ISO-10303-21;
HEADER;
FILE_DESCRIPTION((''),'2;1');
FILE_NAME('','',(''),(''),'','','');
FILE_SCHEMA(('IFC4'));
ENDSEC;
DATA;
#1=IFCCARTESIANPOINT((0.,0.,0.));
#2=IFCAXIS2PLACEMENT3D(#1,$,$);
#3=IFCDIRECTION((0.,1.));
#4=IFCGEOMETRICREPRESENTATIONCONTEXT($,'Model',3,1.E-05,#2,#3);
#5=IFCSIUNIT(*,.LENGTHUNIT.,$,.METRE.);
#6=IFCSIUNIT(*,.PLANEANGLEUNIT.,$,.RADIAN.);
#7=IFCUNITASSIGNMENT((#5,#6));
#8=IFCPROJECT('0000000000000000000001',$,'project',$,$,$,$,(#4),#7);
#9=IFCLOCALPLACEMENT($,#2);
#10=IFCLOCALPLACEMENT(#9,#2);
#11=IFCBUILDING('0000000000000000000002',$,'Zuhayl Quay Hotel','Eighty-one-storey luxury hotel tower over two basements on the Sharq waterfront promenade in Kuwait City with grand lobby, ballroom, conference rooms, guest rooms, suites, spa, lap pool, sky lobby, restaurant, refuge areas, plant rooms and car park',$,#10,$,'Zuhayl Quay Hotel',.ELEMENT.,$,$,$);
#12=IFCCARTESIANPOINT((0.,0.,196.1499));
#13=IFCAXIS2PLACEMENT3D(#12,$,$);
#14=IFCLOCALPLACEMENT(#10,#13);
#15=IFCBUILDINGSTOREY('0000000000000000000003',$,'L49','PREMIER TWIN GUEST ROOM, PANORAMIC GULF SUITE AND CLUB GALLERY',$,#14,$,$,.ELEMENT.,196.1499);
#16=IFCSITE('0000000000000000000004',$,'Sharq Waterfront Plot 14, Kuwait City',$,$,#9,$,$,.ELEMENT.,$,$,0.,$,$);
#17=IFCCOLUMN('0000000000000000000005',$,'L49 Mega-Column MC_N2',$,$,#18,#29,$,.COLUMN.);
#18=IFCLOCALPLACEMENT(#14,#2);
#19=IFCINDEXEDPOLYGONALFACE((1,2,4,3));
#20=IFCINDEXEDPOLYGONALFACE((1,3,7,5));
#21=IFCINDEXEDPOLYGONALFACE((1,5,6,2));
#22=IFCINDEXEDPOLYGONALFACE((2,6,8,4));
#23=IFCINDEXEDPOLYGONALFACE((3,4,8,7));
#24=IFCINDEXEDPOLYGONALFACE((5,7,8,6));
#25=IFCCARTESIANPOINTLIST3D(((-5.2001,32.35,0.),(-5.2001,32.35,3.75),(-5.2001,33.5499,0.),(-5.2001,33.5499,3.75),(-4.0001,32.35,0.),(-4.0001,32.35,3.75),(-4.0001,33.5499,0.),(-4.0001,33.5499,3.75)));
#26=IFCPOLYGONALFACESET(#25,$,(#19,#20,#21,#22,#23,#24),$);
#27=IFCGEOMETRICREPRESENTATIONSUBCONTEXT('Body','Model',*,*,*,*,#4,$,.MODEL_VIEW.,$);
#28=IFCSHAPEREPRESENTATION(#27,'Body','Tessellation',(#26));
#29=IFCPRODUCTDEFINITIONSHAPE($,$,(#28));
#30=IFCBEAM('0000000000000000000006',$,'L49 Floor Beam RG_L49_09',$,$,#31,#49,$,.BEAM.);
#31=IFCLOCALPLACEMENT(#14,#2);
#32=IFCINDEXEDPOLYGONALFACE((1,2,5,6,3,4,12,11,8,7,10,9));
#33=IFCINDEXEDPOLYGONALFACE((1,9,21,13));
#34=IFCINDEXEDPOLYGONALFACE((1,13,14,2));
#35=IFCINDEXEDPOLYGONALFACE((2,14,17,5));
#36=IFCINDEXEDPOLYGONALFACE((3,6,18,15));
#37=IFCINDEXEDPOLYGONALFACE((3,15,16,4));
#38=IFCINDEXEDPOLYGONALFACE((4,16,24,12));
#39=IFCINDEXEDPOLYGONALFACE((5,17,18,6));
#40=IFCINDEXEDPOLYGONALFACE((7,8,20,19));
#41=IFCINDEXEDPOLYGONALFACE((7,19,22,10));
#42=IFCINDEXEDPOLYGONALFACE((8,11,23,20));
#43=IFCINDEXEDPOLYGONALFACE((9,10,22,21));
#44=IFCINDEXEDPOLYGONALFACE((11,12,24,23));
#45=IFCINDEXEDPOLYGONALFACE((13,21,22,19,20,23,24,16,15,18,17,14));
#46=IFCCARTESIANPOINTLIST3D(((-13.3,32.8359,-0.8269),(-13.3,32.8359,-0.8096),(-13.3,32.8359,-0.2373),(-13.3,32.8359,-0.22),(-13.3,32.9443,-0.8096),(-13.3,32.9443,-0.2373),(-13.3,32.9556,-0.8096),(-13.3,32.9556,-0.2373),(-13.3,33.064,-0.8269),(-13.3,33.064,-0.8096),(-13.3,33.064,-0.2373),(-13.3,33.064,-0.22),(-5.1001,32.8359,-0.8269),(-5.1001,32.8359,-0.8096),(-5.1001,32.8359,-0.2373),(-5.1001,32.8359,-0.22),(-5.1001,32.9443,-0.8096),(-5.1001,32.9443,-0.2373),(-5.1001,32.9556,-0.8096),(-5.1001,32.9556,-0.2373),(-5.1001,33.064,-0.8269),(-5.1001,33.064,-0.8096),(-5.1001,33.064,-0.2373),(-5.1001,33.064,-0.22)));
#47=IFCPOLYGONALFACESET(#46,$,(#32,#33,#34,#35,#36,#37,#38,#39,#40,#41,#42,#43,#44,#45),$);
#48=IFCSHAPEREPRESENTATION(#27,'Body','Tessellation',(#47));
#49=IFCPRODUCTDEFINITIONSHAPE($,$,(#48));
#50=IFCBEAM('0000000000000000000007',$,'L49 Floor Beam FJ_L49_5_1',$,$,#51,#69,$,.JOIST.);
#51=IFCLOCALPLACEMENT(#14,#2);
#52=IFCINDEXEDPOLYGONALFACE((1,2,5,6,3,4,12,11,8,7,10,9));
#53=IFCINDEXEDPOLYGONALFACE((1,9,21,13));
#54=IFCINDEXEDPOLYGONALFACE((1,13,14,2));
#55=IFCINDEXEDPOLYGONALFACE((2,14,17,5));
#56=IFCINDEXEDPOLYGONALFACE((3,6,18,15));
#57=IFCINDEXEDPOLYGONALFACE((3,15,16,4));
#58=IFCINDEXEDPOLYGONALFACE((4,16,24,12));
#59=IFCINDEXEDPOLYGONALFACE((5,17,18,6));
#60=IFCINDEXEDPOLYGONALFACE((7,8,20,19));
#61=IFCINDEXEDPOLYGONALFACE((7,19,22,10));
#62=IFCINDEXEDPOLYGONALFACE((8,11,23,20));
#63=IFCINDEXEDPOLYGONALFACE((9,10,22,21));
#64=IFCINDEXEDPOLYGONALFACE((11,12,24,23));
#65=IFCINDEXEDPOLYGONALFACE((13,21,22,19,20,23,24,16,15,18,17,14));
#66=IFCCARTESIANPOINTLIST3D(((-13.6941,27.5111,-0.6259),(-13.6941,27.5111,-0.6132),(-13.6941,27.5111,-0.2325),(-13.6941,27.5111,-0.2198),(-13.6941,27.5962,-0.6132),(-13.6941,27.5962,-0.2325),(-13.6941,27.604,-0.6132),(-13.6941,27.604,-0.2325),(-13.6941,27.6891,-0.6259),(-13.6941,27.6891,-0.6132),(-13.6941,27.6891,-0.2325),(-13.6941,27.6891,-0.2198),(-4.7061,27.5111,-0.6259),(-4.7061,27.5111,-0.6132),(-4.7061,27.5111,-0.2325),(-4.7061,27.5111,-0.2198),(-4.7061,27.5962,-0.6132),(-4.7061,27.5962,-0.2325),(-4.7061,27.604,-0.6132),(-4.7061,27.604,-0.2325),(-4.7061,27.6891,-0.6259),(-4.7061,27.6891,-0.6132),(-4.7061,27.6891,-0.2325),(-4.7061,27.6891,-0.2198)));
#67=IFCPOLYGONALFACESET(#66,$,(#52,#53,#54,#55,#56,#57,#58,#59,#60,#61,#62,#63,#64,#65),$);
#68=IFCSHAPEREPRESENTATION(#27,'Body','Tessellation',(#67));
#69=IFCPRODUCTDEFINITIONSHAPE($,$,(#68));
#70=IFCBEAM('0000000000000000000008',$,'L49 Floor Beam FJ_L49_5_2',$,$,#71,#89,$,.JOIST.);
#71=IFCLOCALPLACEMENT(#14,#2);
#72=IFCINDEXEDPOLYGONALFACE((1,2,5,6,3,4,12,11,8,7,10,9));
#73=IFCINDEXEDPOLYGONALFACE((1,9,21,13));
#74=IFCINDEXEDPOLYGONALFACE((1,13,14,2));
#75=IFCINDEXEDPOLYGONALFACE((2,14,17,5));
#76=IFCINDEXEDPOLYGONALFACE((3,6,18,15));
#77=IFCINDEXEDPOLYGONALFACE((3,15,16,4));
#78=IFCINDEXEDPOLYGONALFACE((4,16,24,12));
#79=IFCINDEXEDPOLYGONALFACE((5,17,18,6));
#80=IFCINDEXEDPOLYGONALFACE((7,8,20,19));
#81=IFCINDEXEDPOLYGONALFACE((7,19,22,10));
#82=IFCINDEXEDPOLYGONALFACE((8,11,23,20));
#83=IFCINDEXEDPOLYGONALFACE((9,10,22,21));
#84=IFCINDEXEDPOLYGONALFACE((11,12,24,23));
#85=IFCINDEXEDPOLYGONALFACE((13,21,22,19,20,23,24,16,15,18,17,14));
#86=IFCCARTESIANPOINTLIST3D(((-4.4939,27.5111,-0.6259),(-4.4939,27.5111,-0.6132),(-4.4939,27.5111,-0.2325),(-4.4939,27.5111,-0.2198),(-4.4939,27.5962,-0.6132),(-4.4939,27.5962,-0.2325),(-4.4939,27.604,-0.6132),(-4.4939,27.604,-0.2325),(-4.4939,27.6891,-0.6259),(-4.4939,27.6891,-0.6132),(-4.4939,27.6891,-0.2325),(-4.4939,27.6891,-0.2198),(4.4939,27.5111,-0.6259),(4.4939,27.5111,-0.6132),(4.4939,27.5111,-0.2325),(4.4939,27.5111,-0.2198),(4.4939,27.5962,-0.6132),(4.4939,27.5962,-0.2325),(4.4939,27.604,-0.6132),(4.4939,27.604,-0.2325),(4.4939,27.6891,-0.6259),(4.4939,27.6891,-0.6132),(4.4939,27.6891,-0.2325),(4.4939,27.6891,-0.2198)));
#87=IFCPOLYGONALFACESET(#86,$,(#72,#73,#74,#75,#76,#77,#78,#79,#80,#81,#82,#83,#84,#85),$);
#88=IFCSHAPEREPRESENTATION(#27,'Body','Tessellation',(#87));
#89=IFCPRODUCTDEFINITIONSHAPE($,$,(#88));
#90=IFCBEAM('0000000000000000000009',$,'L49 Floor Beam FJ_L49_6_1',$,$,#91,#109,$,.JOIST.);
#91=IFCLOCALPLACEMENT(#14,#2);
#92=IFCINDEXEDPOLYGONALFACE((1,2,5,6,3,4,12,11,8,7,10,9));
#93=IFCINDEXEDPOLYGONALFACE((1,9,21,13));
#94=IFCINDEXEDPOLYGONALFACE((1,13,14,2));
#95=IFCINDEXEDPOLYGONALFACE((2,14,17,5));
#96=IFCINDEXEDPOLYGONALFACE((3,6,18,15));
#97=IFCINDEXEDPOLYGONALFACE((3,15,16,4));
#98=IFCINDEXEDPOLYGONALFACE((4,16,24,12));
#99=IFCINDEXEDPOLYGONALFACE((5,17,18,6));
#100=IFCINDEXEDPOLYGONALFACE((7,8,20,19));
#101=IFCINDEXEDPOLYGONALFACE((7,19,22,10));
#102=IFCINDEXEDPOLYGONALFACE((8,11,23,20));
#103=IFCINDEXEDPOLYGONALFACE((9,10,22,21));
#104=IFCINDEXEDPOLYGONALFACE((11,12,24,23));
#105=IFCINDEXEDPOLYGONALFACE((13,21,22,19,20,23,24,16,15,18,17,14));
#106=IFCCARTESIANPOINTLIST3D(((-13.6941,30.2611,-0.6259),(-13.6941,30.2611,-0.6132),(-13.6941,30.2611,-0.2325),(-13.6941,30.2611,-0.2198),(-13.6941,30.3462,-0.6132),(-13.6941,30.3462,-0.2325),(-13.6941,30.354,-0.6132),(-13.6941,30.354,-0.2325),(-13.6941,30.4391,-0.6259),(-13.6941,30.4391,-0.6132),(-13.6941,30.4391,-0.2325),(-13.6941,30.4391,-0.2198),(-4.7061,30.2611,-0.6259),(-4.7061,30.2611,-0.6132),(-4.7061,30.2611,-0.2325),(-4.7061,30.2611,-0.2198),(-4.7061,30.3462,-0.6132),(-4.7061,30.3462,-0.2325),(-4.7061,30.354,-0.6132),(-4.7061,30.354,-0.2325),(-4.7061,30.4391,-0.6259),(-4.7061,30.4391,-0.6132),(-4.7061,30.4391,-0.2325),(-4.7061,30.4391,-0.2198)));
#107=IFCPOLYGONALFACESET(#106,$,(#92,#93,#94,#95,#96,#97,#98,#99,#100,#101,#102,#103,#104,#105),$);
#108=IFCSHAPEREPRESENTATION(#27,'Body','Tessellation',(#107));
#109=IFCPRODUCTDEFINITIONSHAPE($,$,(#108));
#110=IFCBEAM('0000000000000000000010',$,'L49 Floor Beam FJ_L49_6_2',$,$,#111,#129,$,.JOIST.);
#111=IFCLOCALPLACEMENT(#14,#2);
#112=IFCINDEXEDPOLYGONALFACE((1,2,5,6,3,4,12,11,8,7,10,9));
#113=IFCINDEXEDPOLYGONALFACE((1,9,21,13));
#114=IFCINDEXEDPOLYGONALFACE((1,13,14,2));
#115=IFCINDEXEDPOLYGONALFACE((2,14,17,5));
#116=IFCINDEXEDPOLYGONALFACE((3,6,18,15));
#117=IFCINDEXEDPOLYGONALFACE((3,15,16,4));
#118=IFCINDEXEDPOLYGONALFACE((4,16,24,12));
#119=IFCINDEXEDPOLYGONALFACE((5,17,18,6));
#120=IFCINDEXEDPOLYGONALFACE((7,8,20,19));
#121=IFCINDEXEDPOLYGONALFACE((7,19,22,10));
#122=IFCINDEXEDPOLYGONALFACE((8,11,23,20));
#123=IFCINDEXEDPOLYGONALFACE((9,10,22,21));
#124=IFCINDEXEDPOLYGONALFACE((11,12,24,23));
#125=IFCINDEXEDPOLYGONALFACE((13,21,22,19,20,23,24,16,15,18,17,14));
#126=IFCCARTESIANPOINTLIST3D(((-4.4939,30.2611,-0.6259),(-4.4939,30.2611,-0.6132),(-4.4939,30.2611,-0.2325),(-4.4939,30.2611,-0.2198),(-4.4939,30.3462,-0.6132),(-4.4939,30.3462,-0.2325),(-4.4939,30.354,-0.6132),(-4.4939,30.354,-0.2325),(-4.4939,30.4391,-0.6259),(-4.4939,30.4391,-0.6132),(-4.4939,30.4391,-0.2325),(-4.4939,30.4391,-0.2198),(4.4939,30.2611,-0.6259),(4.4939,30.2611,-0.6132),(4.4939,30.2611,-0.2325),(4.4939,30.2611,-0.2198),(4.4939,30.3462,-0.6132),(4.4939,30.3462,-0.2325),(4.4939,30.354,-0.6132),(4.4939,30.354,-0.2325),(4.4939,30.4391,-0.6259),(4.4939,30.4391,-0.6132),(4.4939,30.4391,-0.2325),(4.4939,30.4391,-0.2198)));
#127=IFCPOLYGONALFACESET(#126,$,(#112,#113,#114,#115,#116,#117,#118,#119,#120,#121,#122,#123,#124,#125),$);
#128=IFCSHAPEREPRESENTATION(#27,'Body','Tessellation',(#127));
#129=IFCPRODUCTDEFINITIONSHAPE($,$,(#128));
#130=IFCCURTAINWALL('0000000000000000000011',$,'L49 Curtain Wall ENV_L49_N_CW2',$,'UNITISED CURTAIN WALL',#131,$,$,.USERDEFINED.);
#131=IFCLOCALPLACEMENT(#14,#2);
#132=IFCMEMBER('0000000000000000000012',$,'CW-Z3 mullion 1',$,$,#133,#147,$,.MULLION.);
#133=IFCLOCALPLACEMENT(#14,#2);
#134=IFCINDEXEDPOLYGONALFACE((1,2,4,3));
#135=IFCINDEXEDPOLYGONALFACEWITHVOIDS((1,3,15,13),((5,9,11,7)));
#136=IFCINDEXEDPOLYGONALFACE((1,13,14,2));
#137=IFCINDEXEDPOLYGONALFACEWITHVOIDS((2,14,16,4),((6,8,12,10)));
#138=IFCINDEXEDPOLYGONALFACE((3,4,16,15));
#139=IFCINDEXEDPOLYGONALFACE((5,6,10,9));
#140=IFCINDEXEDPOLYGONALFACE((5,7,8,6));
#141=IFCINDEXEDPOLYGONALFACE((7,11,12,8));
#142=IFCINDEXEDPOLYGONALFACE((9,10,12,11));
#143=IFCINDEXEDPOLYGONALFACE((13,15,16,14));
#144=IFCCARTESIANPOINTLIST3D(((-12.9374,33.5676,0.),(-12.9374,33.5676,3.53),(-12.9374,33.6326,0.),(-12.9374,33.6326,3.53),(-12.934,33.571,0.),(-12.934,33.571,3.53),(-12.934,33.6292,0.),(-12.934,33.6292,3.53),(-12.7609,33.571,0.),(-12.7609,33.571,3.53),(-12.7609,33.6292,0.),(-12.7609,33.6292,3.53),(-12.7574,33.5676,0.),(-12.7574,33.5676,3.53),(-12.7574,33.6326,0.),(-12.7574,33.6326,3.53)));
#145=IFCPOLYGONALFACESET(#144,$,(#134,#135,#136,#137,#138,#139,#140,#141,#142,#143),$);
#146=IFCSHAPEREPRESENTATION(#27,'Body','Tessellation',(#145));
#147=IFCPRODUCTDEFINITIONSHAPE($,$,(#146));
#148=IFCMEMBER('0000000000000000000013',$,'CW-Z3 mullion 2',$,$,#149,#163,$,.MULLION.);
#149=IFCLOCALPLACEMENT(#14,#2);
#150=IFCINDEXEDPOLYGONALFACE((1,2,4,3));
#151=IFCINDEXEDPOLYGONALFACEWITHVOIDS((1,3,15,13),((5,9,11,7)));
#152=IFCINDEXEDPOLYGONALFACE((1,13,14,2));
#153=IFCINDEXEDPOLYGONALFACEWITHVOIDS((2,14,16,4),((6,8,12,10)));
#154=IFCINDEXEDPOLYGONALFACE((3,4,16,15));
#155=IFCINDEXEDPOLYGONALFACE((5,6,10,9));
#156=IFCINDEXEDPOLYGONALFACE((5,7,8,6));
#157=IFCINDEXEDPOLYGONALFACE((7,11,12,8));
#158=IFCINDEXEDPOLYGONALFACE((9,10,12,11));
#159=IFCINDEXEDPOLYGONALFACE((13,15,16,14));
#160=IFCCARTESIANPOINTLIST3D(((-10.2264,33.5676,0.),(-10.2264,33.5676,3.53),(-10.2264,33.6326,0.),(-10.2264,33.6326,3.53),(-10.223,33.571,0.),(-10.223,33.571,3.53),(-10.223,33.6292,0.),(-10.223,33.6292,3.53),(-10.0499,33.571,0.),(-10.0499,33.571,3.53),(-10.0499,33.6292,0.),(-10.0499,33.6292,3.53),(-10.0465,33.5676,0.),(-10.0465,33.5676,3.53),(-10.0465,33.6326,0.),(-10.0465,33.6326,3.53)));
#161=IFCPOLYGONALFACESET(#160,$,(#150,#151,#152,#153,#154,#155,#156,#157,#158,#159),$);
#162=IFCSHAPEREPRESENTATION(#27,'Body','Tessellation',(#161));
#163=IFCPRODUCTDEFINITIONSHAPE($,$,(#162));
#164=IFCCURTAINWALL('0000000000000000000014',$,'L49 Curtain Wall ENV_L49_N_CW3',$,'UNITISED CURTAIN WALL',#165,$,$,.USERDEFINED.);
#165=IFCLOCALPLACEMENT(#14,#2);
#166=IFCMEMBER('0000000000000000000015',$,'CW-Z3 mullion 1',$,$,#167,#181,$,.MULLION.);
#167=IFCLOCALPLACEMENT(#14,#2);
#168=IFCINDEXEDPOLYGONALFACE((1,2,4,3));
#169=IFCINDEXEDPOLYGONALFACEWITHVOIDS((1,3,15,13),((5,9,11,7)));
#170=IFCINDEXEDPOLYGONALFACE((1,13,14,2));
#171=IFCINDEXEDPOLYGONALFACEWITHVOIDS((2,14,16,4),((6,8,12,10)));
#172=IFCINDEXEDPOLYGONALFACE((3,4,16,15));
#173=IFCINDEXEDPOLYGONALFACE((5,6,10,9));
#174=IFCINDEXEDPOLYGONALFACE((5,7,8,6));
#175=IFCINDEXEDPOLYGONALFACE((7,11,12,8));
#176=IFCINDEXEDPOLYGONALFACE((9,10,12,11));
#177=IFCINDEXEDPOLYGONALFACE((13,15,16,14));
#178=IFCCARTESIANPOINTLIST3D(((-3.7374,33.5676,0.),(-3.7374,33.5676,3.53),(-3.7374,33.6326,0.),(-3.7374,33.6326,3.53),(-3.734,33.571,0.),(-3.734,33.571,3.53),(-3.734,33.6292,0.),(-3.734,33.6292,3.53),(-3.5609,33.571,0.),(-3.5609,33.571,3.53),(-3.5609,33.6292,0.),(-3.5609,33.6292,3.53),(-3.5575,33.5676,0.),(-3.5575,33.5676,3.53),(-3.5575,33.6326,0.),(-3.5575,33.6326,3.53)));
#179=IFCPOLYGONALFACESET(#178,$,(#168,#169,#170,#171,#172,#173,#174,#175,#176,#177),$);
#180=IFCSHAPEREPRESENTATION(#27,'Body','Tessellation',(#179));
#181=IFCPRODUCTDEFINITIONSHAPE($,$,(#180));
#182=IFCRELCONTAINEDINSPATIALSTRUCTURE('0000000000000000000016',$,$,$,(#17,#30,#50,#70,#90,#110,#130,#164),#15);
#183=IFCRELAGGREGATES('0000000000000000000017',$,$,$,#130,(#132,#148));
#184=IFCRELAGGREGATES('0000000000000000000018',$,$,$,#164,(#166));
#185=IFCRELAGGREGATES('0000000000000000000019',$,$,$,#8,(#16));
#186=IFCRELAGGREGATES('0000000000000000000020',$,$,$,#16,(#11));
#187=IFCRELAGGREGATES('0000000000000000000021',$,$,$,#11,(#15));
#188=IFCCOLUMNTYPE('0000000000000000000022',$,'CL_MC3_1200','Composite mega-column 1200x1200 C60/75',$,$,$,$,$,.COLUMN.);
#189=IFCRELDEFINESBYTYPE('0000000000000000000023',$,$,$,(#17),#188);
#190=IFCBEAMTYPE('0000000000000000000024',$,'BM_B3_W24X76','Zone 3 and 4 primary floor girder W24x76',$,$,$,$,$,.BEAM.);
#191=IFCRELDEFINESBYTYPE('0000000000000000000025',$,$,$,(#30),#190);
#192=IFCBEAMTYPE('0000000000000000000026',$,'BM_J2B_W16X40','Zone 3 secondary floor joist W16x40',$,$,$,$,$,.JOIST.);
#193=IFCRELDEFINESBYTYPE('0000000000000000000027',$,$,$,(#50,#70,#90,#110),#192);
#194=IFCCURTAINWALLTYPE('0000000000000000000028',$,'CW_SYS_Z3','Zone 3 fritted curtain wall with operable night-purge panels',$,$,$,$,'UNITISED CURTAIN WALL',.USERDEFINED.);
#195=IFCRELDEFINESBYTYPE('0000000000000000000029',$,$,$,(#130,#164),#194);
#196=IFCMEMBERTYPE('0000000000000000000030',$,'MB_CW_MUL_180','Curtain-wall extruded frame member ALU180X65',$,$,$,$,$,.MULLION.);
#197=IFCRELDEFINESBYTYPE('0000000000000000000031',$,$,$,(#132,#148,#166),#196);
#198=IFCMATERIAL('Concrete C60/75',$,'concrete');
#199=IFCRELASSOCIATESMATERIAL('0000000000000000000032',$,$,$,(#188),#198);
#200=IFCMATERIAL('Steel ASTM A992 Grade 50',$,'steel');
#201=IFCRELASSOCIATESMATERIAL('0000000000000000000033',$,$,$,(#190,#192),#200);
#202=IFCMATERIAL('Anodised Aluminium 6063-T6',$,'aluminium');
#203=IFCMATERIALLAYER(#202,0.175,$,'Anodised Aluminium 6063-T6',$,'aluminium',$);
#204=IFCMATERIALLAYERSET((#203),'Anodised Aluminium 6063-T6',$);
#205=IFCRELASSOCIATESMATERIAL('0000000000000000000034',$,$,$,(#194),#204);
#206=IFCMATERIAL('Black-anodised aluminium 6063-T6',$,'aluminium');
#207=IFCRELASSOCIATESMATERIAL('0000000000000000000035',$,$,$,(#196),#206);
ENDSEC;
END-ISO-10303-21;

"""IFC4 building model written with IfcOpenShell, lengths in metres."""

from ifc_helpers import new_model, si_unit, direction, frame, origin, origin_2d, place, context, subcontext, project, spatial, rectangle, hollow_rectangle, i_section, extrude, material, layer, layer_set, material_profile, profile_set, type_object, element, aggregate, save


model = new_model("IFC4")

# Units and contexts
model_context = context("Model", 3, precision=1e-05, world=origin(), true_north=direction((0.0, 1.0)))
body_context = subcontext(model_context, "Body", "Model", "MODEL_VIEW")
ifc_project = project(units=[si_unit("LENGTHUNIT", "METRE"), si_unit("PLANEANGLEUNIT", "RADIAN")], contexts=[model_context])

# Site, building, storey
site_placement = place(None, origin())
site = spatial("IfcSite", under=ifc_project, at=site_placement, Name="Sharq Waterfront Plot 14, Kuwait City", CompositionType="ELEMENT", RefElevation=0.0)
building_placement = place(site_placement, origin())
building = spatial("IfcBuilding", under=site, at=building_placement, Name="Zuhayl Quay Hotel", Description="Eighty-one-storey luxury hotel tower over two basements on the Sharq waterfront promenade in Kuwait City with grand lobby, ballroom, conference rooms, guest rooms, suites, spa, lap pool, sky lobby, restaurant, refuge areas, plant rooms and car park", LongName="Zuhayl Quay Hotel", CompositionType="ELEMENT")
storey_placement = place(building_placement, frame((0.0, 0.0, 196.1499)))
storey = spatial("IfcBuildingStorey", under=building, at=storey_placement, Name="L49", Description="PREMIER TWIN GUEST ROOM, PANORAMIC GULF SUITE AND CLUB GALLERY", CompositionType="ELEMENT", Elevation=196.1499)

# Column
ifc_material_1 = material(Name="Concrete C60/75", Category="concrete")
ifc_material_profile_1 = material_profile(ifc_material_1, rectangle(XDim=1.2, YDim=1.2, at=origin_2d()), Name="RC1200X1200")
ifc_profile_set_1 = profile_set([ifc_material_profile_1], Name="Concrete C60/75")
column_type = type_object("IfcColumnType", Name="CL_MC3_1200", Description="Composite mega-column 1200x1200 C60/75", PredefinedType="COLUMN", material=ifc_profile_set_1)
column_placement = place(storey_placement, frame((-4.6001, 32.95, 0.0), z_axis=(0.0, 0.0, 1.0), x_axis=(1.0, 0.0, 0.0)))
element("IfcColumn", 1, at=column_placement, inside=storey, type_object=column_type, Name="L49 Mega-Column MC_N2", PredefinedType="COLUMN", context=body_context, shape_type="SweptSolid", body=[
    extrude(rectangle(XDim=1.2, YDim=1.2, at=origin_2d()), origin(), (0.0, 0.0, 1.0), 3.75),
])

# Beams
ifc_material_2 = material(Name="Steel ASTM A992 Grade 50", Category="steel")
ifc_material_profile_2 = material_profile(ifc_material_2, i_section(OverallWidth=0.228, OverallDepth=0.6069, WebThickness=0.0112, FlangeThickness=0.0173, at=origin_2d()), Name="W24X76")
ifc_profile_set_2 = profile_set([ifc_material_profile_2], Name="Steel ASTM A992 Grade 50")
beam_type_1 = type_object("IfcBeamType", Name="BM_B3_W24X76", Description="Zone 3 and 4 primary floor girder W24x76", PredefinedType="BEAM", material=ifc_profile_set_2)
beam_1_placement = place(storey_placement, frame((-5.1001, 32.95, -0.5234), z_axis=(-1.0, 0.0, 0.0), x_axis=(0.0, -1.0, 0.0)))
element("IfcBeam", 2, at=beam_1_placement, inside=storey, type_object=beam_type_1, Name="L49 Floor Beam RG_L49_09", PredefinedType="BEAM", context=body_context, shape_type="SweptSolid", body=[
    extrude(i_section(OverallWidth=0.228, OverallDepth=0.6069, WebThickness=0.0112, FlangeThickness=0.0173, at=origin_2d()), origin(), (0.0, 0.0, 1.0), 8.2),
])
ifc_material_profile_3 = material_profile(ifc_material_2, i_section(OverallWidth=0.178, OverallDepth=0.406, WebThickness=0.0078, FlangeThickness=0.0127, at=origin_2d()), Name="W16X40")
ifc_profile_set_3 = profile_set([ifc_material_profile_3], Name="Steel ASTM A992 Grade 50")
beam_type_2 = type_object("IfcBeamType", Name="BM_J2B_W16X40", Description="Zone 3 secondary floor joist W16x40", PredefinedType="JOIST", material=ifc_profile_set_3)
beam_2_placement = place(storey_placement, frame((-13.6941, 27.6001, -0.4229), z_axis=(1.0, 0.0, 0.0), x_axis=(0.0, 1.0, 0.0)))
element("IfcBeam", 3, at=beam_2_placement, inside=storey, type_object=beam_type_2, Name="L49 Floor Beam FJ_L49_5_1", PredefinedType="JOIST", context=body_context, shape_type="SweptSolid", body=[
    extrude(i_section(OverallWidth=0.178, OverallDepth=0.406, WebThickness=0.0078, FlangeThickness=0.0127, at=origin_2d()), origin(), (0.0, 0.0, 1.0), 8.988),
])
beam_3_placement = place(storey_placement, frame((-4.4939, 27.6001, -0.4229), z_axis=(1.0, 0.0, 0.0), x_axis=(0.0, 1.0, 0.0)))
element("IfcBeam", 4, at=beam_3_placement, inside=storey, type_object=beam_type_2, Name="L49 Floor Beam FJ_L49_5_2", PredefinedType="JOIST", context=body_context, shape_type="SweptSolid", body=[
    extrude(i_section(OverallWidth=0.178, OverallDepth=0.406, WebThickness=0.0078, FlangeThickness=0.0127, at=origin_2d()), origin(), (0.0, 0.0, 1.0), 8.9878),
])
beam_4_placement = place(storey_placement, frame((-13.6941, 30.3501, -0.4229), z_axis=(1.0, 0.0, 0.0), x_axis=(0.0, 1.0, 0.0)))
element("IfcBeam", 5, at=beam_4_placement, inside=storey, type_object=beam_type_2, Name="L49 Floor Beam FJ_L49_6_1", PredefinedType="JOIST", context=body_context, shape_type="SweptSolid", body=[
    extrude(i_section(OverallWidth=0.178, OverallDepth=0.406, WebThickness=0.0078, FlangeThickness=0.0127, at=origin_2d()), origin(), (0.0, 0.0, 1.0), 8.988),
])
beam_5_placement = place(storey_placement, frame((-4.4939, 30.3501, -0.4229), z_axis=(1.0, 0.0, 0.0), x_axis=(0.0, 1.0, 0.0)))
element("IfcBeam", 6, at=beam_5_placement, inside=storey, type_object=beam_type_2, Name="L49 Floor Beam FJ_L49_6_2", PredefinedType="JOIST", context=body_context, shape_type="SweptSolid", body=[
    extrude(i_section(OverallWidth=0.178, OverallDepth=0.406, WebThickness=0.0078, FlangeThickness=0.0127, at=origin_2d()), origin(), (0.0, 0.0, 1.0), 8.9878),
])

# Curtain walls, members
ifc_material_3 = material(Name="Anodised Aluminium 6063-T6", Category="aluminium")
ifc_layer_1 = layer(ifc_material_3, 0.175, Name="Anodised Aluminium 6063-T6", Category="aluminium")
ifc_layer_set_1 = layer_set([ifc_layer_1], Name="Anodised Aluminium 6063-T6")
curtain_wall_type = type_object("IfcCurtainWallType", Name="CW_SYS_Z3", Description="Zone 3 fritted curtain wall with operable night-purge panels", ElementType="UNITISED CURTAIN WALL", PredefinedType="USERDEFINED", material=ifc_layer_set_1)
curtain_wall_1_placement = place(storey_placement, origin())
curtain_wall_1 = element("IfcCurtainWall", 7, at=curtain_wall_1_placement, inside=storey, type_object=curtain_wall_type, Name="L49 Curtain Wall ENV_L49_N_CW2", ObjectType="UNITISED CURTAIN WALL", PredefinedType="USERDEFINED")
ifc_material_4 = material(Name="Black-anodised aluminium 6063-T6", Category="aluminium")
ifc_material_profile_4 = material_profile(ifc_material_4, hollow_rectangle(XDim=0.0649, YDim=0.1799, WallThickness=0.0034, at=origin_2d()), Name="ALU180X65")
ifc_profile_set_4 = profile_set([ifc_material_profile_4], Name="Black-anodised aluminium 6063-T6")
member_type_1 = type_object("IfcMemberType", Name="MB_CW_MUL_180", Description="Curtain-wall extruded frame member ALU180X65", PredefinedType="MULLION", material=ifc_profile_set_4)
member_1_placement = place(storey_placement, frame((-12.8474, 33.6001, 0.0), z_axis=(0.0, 0.0, 1.0), x_axis=(0.0, 1.0, 0.0)))
member_1 = element("IfcMember", 8, at=member_1_placement, type_object=member_type_1, Name="CW-Z3 mullion 1", PredefinedType="MULLION", context=body_context, shape_type="SweptSolid", body=[
    extrude(hollow_rectangle(XDim=0.0649, YDim=0.1799, WallThickness=0.0034, at=origin_2d()), origin(), (0.0, 0.0, 1.0), 3.53),
])
member_2_placement = place(storey_placement, frame((-10.1365, 33.6001, 0.0), z_axis=(0.0, 0.0, 1.0), x_axis=(0.0, 1.0, 0.0)))
member_2 = element("IfcMember", 9, at=member_2_placement, type_object=member_type_1, Name="CW-Z3 mullion 2", PredefinedType="MULLION", context=body_context, shape_type="SweptSolid", body=[
    extrude(hollow_rectangle(XDim=0.0649, YDim=0.1799, WallThickness=0.0034, at=origin_2d()), origin(), (0.0, 0.0, 1.0), 3.53),
])
curtain_wall_2_placement = place(storey_placement, origin())
curtain_wall_2 = element("IfcCurtainWall", 10, at=curtain_wall_2_placement, inside=storey, type_object=curtain_wall_type, Name="L49 Curtain Wall ENV_L49_N_CW3", ObjectType="UNITISED CURTAIN WALL", PredefinedType="USERDEFINED")
member_3_placement = place(storey_placement, frame((-3.6475, 33.6001, 0.0), z_axis=(0.0, 0.0, 1.0), x_axis=(0.0, 1.0, 0.0)))
member_3 = element("IfcMember", 11, at=member_3_placement, type_object=member_type_1, Name="CW-Z3 mullion 1", PredefinedType="MULLION", context=body_context, shape_type="SweptSolid", body=[
    extrude(hollow_rectangle(XDim=0.0649, YDim=0.1799, WallThickness=0.0034, at=origin_2d()), origin(), (0.0, 0.0, 1.0), 3.53),
])

aggregate(curtain_wall_1, [member_1, member_2])
aggregate(curtain_wall_2, [member_3])

save(model, "model.ifc")
